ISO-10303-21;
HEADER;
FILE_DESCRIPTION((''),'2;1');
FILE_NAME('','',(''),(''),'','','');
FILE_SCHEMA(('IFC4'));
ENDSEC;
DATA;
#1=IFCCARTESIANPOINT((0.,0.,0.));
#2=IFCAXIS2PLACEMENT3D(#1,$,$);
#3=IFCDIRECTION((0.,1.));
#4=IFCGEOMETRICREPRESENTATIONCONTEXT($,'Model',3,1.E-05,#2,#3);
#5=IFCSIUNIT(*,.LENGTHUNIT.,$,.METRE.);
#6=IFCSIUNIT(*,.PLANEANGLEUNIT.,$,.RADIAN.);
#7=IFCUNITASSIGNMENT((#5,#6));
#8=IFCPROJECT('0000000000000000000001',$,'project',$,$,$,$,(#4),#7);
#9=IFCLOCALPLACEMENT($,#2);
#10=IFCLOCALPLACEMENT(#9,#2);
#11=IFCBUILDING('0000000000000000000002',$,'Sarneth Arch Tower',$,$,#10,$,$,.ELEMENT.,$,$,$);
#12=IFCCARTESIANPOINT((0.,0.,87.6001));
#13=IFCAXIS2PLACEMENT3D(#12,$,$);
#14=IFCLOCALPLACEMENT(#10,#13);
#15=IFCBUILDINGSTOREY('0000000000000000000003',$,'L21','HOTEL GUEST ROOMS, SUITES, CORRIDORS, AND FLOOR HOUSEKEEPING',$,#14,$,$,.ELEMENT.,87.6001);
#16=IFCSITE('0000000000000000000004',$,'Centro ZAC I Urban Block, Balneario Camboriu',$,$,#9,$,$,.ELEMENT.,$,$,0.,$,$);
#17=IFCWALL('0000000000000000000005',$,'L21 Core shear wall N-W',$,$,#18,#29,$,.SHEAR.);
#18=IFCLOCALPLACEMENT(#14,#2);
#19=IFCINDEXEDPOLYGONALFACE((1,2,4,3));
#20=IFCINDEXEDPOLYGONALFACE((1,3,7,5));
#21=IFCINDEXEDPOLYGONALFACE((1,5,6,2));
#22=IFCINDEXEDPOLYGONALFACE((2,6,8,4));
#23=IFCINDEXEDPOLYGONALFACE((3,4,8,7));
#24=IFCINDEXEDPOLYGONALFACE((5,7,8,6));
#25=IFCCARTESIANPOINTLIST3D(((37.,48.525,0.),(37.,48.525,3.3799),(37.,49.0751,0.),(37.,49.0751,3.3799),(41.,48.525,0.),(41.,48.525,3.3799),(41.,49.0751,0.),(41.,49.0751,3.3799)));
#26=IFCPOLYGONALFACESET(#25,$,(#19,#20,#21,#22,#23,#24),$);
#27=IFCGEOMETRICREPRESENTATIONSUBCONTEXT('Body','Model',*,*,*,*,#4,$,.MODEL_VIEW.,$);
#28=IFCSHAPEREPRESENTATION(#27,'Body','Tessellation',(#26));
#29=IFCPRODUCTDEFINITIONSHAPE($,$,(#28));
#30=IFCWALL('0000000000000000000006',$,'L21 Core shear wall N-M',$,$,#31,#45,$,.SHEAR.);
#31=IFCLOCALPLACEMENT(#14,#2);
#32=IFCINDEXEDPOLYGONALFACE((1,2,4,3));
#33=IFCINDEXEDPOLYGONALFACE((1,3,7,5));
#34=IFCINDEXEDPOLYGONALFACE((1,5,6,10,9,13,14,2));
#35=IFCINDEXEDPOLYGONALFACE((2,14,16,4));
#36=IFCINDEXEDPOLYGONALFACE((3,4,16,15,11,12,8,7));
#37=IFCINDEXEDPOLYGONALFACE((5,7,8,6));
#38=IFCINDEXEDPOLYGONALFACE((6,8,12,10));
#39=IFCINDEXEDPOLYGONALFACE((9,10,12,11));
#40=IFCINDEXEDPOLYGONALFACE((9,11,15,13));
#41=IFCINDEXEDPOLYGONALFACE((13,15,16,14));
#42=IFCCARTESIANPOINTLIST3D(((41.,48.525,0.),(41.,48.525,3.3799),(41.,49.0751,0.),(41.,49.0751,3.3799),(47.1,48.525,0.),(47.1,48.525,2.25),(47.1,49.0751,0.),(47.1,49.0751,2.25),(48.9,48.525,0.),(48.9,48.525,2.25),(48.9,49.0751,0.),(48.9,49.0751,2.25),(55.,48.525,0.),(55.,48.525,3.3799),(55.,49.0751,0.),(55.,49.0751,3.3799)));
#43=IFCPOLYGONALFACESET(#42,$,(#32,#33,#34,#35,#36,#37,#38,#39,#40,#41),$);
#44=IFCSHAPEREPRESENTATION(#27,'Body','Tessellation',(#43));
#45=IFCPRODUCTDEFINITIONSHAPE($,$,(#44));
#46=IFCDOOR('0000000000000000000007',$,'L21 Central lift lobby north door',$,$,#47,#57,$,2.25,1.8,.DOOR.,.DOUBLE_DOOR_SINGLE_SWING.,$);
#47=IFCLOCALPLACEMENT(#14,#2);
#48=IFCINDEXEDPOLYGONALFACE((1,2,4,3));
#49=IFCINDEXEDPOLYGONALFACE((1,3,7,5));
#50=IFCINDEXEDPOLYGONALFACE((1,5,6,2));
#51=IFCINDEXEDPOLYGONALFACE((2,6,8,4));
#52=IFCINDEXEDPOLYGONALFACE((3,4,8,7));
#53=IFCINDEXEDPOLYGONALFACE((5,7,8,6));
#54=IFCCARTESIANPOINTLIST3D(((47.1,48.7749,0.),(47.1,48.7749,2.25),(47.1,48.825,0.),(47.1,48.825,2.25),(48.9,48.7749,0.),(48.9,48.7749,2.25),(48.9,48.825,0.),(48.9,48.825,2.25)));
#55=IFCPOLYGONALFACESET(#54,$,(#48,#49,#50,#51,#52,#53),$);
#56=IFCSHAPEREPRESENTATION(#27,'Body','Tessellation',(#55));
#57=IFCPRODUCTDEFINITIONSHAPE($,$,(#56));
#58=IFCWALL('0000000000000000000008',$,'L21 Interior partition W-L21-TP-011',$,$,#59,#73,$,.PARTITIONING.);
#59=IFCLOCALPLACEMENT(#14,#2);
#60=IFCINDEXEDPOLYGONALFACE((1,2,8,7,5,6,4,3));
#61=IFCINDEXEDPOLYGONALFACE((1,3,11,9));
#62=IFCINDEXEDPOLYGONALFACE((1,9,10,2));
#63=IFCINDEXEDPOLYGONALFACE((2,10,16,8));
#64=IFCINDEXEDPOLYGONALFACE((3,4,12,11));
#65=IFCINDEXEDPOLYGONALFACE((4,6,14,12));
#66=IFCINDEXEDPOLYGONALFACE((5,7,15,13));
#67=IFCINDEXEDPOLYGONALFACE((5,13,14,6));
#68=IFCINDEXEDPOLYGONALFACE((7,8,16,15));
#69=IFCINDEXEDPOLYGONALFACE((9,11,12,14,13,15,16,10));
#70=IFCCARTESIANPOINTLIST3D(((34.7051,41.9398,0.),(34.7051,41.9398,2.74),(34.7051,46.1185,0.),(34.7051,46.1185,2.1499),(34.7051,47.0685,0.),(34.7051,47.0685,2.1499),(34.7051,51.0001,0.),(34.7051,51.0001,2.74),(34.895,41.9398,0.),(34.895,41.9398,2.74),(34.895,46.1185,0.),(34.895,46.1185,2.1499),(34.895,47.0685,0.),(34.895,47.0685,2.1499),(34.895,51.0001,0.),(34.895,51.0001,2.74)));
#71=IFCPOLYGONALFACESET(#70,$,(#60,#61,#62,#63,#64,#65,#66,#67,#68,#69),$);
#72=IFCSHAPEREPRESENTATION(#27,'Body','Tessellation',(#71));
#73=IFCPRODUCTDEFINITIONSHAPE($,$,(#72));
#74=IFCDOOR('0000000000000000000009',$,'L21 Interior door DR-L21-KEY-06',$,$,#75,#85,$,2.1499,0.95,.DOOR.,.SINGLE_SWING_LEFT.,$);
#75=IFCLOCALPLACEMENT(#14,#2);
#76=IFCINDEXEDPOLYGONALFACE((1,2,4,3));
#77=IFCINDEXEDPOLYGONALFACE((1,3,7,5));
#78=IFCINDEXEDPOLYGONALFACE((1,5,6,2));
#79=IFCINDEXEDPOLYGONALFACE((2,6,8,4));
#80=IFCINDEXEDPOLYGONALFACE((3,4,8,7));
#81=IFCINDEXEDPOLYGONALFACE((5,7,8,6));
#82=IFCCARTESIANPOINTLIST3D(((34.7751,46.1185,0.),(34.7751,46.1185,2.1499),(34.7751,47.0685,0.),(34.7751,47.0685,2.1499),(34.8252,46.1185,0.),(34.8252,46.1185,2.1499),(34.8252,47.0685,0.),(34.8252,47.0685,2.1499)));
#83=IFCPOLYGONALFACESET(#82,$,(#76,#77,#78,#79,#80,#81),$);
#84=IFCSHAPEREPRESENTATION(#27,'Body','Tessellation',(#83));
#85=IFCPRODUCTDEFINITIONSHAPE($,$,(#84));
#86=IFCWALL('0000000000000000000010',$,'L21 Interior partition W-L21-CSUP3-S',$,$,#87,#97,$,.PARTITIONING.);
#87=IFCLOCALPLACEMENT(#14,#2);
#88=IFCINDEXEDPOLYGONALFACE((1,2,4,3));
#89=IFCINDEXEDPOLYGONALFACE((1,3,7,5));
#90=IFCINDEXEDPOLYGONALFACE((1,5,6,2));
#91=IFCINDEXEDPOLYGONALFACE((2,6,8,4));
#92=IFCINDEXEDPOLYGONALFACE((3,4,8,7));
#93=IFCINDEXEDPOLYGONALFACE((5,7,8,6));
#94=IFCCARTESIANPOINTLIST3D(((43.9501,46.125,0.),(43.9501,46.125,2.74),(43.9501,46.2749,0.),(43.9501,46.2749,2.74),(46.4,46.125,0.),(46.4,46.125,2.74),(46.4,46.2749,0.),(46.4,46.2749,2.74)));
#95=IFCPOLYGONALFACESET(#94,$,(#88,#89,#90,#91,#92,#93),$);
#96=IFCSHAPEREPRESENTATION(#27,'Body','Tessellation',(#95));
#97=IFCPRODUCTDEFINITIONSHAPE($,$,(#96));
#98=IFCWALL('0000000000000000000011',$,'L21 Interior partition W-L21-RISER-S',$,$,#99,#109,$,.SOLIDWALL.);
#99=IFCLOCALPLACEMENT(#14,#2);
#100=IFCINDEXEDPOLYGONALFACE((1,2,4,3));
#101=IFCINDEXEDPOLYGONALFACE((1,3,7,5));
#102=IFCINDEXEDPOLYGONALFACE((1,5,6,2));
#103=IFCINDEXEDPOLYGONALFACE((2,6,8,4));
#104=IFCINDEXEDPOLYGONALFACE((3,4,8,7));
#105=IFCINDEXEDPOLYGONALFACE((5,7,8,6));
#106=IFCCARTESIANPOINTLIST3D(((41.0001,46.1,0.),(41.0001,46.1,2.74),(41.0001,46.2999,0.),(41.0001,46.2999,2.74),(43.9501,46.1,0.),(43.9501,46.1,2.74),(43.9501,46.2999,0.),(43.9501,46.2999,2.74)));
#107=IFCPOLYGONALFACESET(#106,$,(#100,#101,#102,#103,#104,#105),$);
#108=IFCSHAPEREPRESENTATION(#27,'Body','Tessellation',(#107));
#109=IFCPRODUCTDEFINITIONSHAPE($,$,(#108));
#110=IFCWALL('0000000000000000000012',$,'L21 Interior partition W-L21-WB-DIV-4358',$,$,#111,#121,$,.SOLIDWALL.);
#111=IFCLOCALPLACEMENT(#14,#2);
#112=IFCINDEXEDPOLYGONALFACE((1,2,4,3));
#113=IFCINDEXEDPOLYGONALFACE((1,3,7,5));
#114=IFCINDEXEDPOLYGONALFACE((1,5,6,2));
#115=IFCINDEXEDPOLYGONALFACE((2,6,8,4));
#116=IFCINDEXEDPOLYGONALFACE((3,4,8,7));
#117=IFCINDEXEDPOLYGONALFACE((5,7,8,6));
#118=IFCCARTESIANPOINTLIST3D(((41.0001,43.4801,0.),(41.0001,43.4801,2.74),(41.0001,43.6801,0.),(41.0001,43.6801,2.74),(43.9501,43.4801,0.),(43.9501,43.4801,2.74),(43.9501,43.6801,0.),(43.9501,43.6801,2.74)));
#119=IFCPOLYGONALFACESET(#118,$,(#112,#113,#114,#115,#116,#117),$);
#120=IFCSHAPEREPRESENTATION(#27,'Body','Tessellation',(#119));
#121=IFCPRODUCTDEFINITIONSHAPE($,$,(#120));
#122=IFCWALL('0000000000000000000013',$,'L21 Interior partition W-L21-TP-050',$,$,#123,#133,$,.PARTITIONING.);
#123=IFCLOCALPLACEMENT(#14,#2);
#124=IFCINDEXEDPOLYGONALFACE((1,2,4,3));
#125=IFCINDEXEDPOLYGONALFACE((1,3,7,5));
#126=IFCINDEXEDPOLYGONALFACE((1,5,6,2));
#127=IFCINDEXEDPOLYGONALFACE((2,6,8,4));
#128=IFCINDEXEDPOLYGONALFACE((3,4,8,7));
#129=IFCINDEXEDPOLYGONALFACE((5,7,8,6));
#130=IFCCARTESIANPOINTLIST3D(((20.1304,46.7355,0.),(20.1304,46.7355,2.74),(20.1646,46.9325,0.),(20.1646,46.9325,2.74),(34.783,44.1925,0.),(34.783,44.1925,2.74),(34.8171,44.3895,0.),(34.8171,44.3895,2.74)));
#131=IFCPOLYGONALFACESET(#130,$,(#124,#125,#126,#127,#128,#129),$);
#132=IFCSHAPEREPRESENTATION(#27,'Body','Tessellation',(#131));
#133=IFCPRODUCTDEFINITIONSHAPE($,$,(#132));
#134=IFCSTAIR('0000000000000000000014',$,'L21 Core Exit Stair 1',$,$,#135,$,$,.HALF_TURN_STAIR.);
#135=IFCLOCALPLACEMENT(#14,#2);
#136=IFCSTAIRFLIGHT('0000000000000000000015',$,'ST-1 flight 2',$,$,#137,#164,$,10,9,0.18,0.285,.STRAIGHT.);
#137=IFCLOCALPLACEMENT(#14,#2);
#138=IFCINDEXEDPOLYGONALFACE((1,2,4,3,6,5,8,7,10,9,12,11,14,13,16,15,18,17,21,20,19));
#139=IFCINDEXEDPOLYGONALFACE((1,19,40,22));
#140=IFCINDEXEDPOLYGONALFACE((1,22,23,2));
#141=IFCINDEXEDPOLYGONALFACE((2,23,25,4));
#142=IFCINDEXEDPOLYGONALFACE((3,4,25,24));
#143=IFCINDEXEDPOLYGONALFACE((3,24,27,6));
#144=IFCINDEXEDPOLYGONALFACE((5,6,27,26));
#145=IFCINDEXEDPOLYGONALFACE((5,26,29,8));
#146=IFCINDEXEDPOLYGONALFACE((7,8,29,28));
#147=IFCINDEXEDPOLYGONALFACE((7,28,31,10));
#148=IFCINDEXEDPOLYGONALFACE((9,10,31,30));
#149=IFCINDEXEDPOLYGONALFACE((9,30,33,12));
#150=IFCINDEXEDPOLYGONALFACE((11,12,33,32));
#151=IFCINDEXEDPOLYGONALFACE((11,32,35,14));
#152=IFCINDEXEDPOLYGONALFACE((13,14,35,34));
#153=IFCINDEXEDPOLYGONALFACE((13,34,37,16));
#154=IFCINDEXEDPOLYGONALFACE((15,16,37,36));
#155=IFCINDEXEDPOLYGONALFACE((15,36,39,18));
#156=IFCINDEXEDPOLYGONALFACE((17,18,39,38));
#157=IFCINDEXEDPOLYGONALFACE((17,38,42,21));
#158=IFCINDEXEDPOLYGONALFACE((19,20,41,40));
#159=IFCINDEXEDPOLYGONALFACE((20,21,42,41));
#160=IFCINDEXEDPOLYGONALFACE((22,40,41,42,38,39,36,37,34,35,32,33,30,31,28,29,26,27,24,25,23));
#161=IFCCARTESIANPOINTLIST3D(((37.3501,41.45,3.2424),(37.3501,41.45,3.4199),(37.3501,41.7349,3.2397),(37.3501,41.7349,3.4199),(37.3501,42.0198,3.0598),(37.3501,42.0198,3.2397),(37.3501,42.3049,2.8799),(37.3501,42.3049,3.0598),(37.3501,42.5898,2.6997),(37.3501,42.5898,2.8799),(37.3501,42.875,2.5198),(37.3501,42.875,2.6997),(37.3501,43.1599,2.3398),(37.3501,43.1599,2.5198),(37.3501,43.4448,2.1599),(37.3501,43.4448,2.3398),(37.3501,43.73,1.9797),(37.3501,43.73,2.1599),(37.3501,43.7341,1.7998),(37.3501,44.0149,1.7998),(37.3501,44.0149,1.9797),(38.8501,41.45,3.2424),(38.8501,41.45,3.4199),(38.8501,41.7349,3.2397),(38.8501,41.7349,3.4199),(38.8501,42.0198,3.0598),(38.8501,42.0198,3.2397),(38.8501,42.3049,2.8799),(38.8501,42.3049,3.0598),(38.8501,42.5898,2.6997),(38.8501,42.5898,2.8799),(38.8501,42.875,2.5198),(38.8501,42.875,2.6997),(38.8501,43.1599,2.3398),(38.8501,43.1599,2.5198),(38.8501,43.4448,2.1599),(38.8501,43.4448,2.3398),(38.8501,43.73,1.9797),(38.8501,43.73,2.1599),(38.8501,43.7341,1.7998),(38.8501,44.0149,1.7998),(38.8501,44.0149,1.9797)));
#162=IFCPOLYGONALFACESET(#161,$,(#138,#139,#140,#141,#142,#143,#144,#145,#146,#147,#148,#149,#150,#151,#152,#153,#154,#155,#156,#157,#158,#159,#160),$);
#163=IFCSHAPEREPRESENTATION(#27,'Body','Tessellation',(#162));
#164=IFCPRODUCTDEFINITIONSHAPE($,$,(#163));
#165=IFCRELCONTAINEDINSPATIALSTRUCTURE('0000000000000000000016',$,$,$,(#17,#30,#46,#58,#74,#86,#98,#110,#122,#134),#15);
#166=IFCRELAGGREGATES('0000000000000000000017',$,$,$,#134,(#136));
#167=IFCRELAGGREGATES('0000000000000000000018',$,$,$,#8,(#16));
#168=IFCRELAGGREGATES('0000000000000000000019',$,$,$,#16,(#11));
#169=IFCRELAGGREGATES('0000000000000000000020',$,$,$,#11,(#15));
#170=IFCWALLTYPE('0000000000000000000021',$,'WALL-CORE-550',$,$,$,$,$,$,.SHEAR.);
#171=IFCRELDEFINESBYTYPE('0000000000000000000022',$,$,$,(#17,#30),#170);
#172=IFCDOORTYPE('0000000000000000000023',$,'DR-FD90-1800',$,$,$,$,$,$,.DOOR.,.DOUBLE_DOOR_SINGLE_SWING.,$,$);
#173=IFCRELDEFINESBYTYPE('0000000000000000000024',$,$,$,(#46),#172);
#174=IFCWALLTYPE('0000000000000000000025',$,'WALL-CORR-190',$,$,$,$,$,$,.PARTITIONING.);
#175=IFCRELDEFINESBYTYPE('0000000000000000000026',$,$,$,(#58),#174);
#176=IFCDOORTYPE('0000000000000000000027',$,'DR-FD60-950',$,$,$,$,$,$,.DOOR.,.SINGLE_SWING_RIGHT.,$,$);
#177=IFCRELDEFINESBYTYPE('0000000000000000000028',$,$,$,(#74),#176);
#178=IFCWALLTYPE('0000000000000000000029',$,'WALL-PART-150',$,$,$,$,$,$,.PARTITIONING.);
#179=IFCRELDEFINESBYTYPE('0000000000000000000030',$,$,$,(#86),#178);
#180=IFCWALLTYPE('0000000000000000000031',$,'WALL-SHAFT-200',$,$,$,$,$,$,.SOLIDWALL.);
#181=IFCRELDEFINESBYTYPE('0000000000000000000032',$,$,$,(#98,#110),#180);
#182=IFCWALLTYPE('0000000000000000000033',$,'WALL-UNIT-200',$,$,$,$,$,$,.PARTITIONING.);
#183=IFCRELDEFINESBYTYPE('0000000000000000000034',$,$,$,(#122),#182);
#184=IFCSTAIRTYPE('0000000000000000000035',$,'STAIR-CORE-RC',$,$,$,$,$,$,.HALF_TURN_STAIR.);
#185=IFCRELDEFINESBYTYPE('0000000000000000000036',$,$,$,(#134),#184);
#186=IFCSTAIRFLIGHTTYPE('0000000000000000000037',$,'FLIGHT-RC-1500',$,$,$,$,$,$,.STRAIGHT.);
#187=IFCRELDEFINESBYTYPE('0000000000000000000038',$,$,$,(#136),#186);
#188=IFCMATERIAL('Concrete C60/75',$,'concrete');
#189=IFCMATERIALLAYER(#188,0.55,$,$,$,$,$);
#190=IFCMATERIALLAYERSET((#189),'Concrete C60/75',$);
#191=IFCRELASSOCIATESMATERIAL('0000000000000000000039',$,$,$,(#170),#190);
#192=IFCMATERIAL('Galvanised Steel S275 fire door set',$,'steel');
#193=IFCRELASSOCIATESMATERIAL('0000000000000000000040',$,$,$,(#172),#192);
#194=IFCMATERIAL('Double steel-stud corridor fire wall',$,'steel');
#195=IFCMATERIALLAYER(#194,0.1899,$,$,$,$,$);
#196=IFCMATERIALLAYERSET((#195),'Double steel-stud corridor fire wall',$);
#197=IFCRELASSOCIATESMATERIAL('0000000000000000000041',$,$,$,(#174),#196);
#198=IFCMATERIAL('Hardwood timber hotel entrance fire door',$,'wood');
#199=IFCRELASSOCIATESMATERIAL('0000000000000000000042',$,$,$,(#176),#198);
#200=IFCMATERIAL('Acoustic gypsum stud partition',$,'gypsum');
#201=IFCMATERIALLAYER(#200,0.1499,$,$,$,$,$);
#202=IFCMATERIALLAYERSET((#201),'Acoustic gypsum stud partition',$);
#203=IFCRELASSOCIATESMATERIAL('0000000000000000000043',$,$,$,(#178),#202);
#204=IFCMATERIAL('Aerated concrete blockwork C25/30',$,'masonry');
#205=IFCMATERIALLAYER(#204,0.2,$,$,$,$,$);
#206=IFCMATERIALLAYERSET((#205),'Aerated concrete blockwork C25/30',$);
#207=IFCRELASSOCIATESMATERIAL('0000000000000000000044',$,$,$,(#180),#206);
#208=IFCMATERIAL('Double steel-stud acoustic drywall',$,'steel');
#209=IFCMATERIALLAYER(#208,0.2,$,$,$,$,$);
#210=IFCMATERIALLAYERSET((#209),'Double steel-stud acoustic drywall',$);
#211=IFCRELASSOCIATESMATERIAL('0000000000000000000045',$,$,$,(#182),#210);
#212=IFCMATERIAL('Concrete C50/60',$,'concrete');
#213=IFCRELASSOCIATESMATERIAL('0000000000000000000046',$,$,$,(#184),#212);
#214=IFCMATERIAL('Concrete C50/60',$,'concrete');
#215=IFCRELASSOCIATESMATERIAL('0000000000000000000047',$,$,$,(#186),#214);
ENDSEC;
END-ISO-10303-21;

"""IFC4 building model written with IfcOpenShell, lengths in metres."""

from ifc_helpers import new_model, si_unit, direction, frame, frame_2d, origin, place, context, subcontext, project, spatial, polyline, rectangle, outline, extrude, material, layer, layer_set, type_object, element, fill, aggregate, save


model = new_model("IFC4")

# Units and contexts
model_context = context("Model", 3, precision=1e-05, world=origin(), true_north=direction((0.0, 1.0)))
body_context = subcontext(model_context, "Body", "Model", "MODEL_VIEW")
ifc_project = project(units=[si_unit("LENGTHUNIT", "METRE"), si_unit("PLANEANGLEUNIT", "RADIAN")], contexts=[model_context])

# Site, building, storey
site_placement = place(None, origin())
site = spatial("IfcSite", under=ifc_project, at=site_placement, Name="Centro ZAC I Urban Block, Balneario Camboriu", CompositionType="ELEMENT", RefElevation=0.0)
building_placement = place(site_placement, origin())
building = spatial("IfcBuilding", under=site, at=building_placement, Name="Sarneth Arch Tower", CompositionType="ELEMENT")
storey_placement = place(building_placement, frame((0.0, 0.0, 87.6001)))
storey = spatial("IfcBuildingStorey", under=building, at=storey_placement, Name="L21", Description="HOTEL GUEST ROOMS, SUITES, CORRIDORS, AND FLOOR HOUSEKEEPING", CompositionType="ELEMENT", Elevation=87.6001)

# Wall
ifc_material_1 = material(Name="Concrete C60/75", Category="concrete")
ifc_layer_1 = layer(ifc_material_1, 0.55)
ifc_layer_set_1 = layer_set([ifc_layer_1], Name="Concrete C60/75")
wall_type_1 = type_object("IfcWallType", Name="WALL-CORE-550", PredefinedType="SHEAR", material=ifc_layer_set_1)
wall_1_placement = place(storey_placement, frame((37.0, 48.8, 0.0), z_axis=(0.0, 0.0, 1.0), x_axis=(1.0, 0.0, 0.0)))
element("IfcWall", 1, at=wall_1_placement, inside=storey, type_object=wall_type_1, Name="L21 Core shear wall N-W", PredefinedType="SHEAR", context=body_context, shape_type="SweptSolid", body=[
    extrude(rectangle(XDim=4.0, YDim=0.55, at=frame_2d((2.0, 0.0))), origin(), (0.0, 0.0, 1.0), 3.3799),
])

# Walls, openings, doors
wall_2_placement = place(storey_placement, frame((41.0, 48.8, 0.0), z_axis=(0.0, 0.0, 1.0), x_axis=(1.0, 0.0, 0.0)))
wall_2 = element("IfcWall", 2, at=wall_2_placement, inside=storey, type_object=wall_type_1, Name="L21 Core shear wall N-M", PredefinedType="SHEAR", context=body_context, shape_type="SweptSolid", body=[
    extrude(rectangle(XDim=14.0, YDim=0.55, at=frame_2d((7.0, 0.0))), origin(), (0.0, 0.0, 1.0), 3.3799),
])
opening_1_placement = place(wall_2_placement, frame((6.1001, 0.0, 0.0)))
opening_1 = element("IfcOpeningElement", 3, at=opening_1_placement, cuts=wall_2, PredefinedType="OPENING", context=body_context, shape_type="SweptSolid", body=[
    extrude(rectangle(XDim=1.8, YDim=2.25, at=frame_2d((0.8999, 1.125))), frame((0.0, 0.2849, 0.0), z_axis=(0.0, -1.0, 0.0), x_axis=(1.0, 0.0, 0.0)), (0.0, 0.0, 1.0), 0.5701),
])
ifc_material_2 = material(Name="Galvanised Steel S275 fire door set", Category="steel")
door_type_1 = type_object("IfcDoorType", Name="DR-FD90-1800", OperationType="DOUBLE_DOOR_SINGLE_SWING", PredefinedType="DOOR", material=ifc_material_2)
door_1_placement = place(opening_1_placement, origin())
door_1 = element("IfcDoor", 4, at=door_1_placement, inside=storey, type_object=door_type_1, Name="L21 Central lift lobby north door", OperationType="DOUBLE_DOOR_SINGLE_SWING", OverallHeight=2.25, OverallWidth=1.8, PredefinedType="DOOR", context=body_context, shape_type="SweptSolid", body=[
    extrude(rectangle(XDim=1.8, YDim=2.25, at=frame_2d((0.8999, 1.125))), frame((0.0, 0.0249, 0.0), z_axis=(0.0, -1.0, 0.0), x_axis=(1.0, 0.0, 0.0)), (0.0, 0.0, 1.0), 0.05),
])
fill(opening_1, door_1)
ifc_material_3 = material(Name="Double steel-stud corridor fire wall", Category="steel")
ifc_layer_2 = layer(ifc_material_3, 0.1899)
ifc_layer_set_2 = layer_set([ifc_layer_2], Name="Double steel-stud corridor fire wall")
wall_type_2 = type_object("IfcWallType", Name="WALL-CORR-190", PredefinedType="PARTITIONING", material=ifc_layer_set_2)
wall_3_placement = place(storey_placement, frame((34.8, 41.9397, 0.0), z_axis=(0.0, 0.0, 1.0), x_axis=(0.0, 1.0, 0.0)))
wall_3 = element("IfcWall", 5, at=wall_3_placement, inside=storey, type_object=wall_type_2, Name="L21 Interior partition W-L21-TP-011", PredefinedType="PARTITIONING", context=body_context, shape_type="SweptSolid", body=[
    extrude(rectangle(XDim=9.0603, YDim=0.1899, at=frame_2d((4.5303, 0.0))), origin(), (0.0, 0.0, 1.0), 2.74),
])
opening_2_placement = place(wall_3_placement, frame((4.1787, 0.0, 0.0)))
opening_2 = element("IfcOpeningElement", 6, at=opening_2_placement, cuts=wall_3, PredefinedType="OPENING", context=body_context, shape_type="SweptSolid", body=[
    extrude(rectangle(XDim=0.95, YDim=2.1499, at=frame_2d((0.4751, 1.075))), frame((0.0, 0.105, 0.0), z_axis=(0.0, -1.0, 0.0), x_axis=(1.0, 0.0, 0.0)), (0.0, 0.0, 1.0), 0.21),
])
ifc_material_4 = material(Name="Hardwood timber hotel entrance fire door", Category="wood")
door_type_2 = type_object("IfcDoorType", Name="DR-FD60-950", OperationType="SINGLE_SWING_RIGHT", PredefinedType="DOOR", material=ifc_material_4)
door_2_placement = place(opening_2_placement, origin())
door_2 = element("IfcDoor", 7, at=door_2_placement, inside=storey, type_object=door_type_2, Name="L21 Interior door DR-L21-KEY-06", OperationType="SINGLE_SWING_LEFT", OverallHeight=2.1499, OverallWidth=0.95, PredefinedType="DOOR", context=body_context, shape_type="SweptSolid", body=[
    extrude(rectangle(XDim=0.95, YDim=2.1499, at=frame_2d((0.4751, 1.075))), frame((0.0, 0.0249, 0.0), z_axis=(0.0, -1.0, 0.0), x_axis=(1.0, 0.0, 0.0)), (0.0, 0.0, 1.0), 0.05),
])
fill(opening_2, door_2)

# Wall
ifc_material_5 = material(Name="Acoustic gypsum stud partition", Category="gypsum")
ifc_layer_3 = layer(ifc_material_5, 0.1499)
ifc_layer_set_3 = layer_set([ifc_layer_3], Name="Acoustic gypsum stud partition")
wall_type_3 = type_object("IfcWallType", Name="WALL-PART-150", PredefinedType="PARTITIONING", material=ifc_layer_set_3)
wall_4_placement = place(storey_placement, frame((43.95, 46.2, 0.0), z_axis=(0.0, 0.0, 1.0), x_axis=(1.0, 0.0, 0.0)))
element("IfcWall", 8, at=wall_4_placement, inside=storey, type_object=wall_type_3, Name="L21 Interior partition W-L21-CSUP3-S", PredefinedType="PARTITIONING", context=body_context, shape_type="SweptSolid", body=[
    extrude(rectangle(XDim=2.45, YDim=0.1499, at=frame_2d((1.2251, 0.0))), origin(), (0.0, 0.0, 1.0), 2.74),
])

# Wall
ifc_material_6 = material(Name="Aerated concrete blockwork C25/30", Category="masonry")
ifc_layer_4 = layer(ifc_material_6, 0.2)
ifc_layer_set_4 = layer_set([ifc_layer_4], Name="Aerated concrete blockwork C25/30")
wall_type_4 = type_object("IfcWallType", Name="WALL-SHAFT-200", PredefinedType="SOLIDWALL", material=ifc_layer_set_4)
wall_5_placement = place(storey_placement, frame((41.0, 46.2, 0.0), z_axis=(0.0, 0.0, 1.0), x_axis=(1.0, 0.0, 0.0)))
element("IfcWall", 9, at=wall_5_placement, inside=storey, type_object=wall_type_4, Name="L21 Interior partition W-L21-RISER-S", PredefinedType="SOLIDWALL", context=body_context, shape_type="SweptSolid", body=[
    extrude(rectangle(XDim=2.95, YDim=0.2, at=frame_2d((1.4751, 0.0))), origin(), (0.0, 0.0, 1.0), 2.74),
])

# Walls
wall_6_placement = place(storey_placement, frame((41.0, 43.5801, 0.0), z_axis=(0.0, 0.0, 1.0), x_axis=(1.0, 0.0, 0.0)))
element("IfcWall", 10, at=wall_6_placement, inside=storey, type_object=wall_type_4, Name="L21 Interior partition W-L21-WB-DIV-4358", PredefinedType="SOLIDWALL", context=body_context, shape_type="SweptSolid", body=[
    extrude(rectangle(XDim=2.95, YDim=0.2, at=frame_2d((1.4751, 0.0))), origin(), (0.0, 0.0, 1.0), 2.74),
])
ifc_material_7 = material(Name="Double steel-stud acoustic drywall", Category="steel")
ifc_layer_5 = layer(ifc_material_7, 0.2)
ifc_layer_set_5 = layer_set([ifc_layer_5], Name="Double steel-stud acoustic drywall")
wall_type_5 = type_object("IfcWallType", Name="WALL-UNIT-200", PredefinedType="PARTITIONING", material=ifc_layer_set_5)
wall_7_placement = place(storey_placement, frame((34.8, 44.291, 0.0), z_axis=(0.0, 0.0, 1.0), x_axis=(-0.985272, 0.170995, 0.0)))
element("IfcWall", 11, at=wall_7_placement, inside=storey, type_object=wall_type_5, Name="L21 Interior partition W-L21-TP-050", PredefinedType="PARTITIONING", context=body_context, shape_type="SweptSolid", body=[
    extrude(rectangle(XDim=14.8716, YDim=0.2, at=frame_2d((7.4358, 0.0))), origin(), (0.0, 0.0, 1.0), 2.74),
])

# Stair, stair flight
ifc_material_8 = material(Name="Concrete C50/60", Category="concrete")
stair_type = type_object("IfcStairType", Name="STAIR-CORE-RC", PredefinedType="HALF_TURN_STAIR", material=ifc_material_8)
stair_placement = place(storey_placement, origin())
stair = element("IfcStair", 12, at=stair_placement, inside=storey, type_object=stair_type, Name="L21 Core Exit Stair 1", PredefinedType="HALF_TURN_STAIR")
ifc_material_9 = material(Name="Concrete C50/60", Category="concrete")
stair_flight_type = type_object("IfcStairFlightType", Name="FLIGHT-RC-1500", PredefinedType="STRAIGHT", material=ifc_material_9)
stair_flight_placement = place(storey_placement, frame((38.1001, 44.0149, 1.7998), z_axis=(0.0, 0.0, 1.0), x_axis=(0.0, -1.0, 0.0)))
stair_flight = element("IfcStairFlight", 13, at=stair_flight_placement, type_object=stair_flight_type, Name="ST-1 flight 2", NumberOfRisers=10, NumberOfTreads=9, PredefinedType="STRAIGHT", RiserHeight=0.18, TreadLength=0.285, context=body_context, shape_type="SweptSolid", body=[
    extrude(outline(polyline([(0.0, 0.0), (0.0, 0.1799), (0.2849, 0.1799), (0.2849, 0.3601), (0.5701, 0.3601), (0.5701, 0.54), (0.855, 0.54), (0.855, 0.72), (1.1399, 0.72), (1.1399, 0.8999), (1.425, 0.8999), (1.425, 1.0801), (1.71, 1.0801), (1.71, 1.26), (1.9951, 1.26), (1.9951, 1.4399), (2.28, 1.4399), (2.28, 1.6201), (2.5649, 1.6201), (2.5649, 1.8), (2.5649, 1.4426), (0.2808, 0.0), (0.0, 0.0)])), frame((0.0, 0.75, 0.0), z_axis=(0.0, -1.0, 0.0), x_axis=(1.0, 0.0, 0.0)), (0.0, 0.0, 1.0), 1.5),
])
aggregate(stair, [stair_flight])

save(model, "model.ifc")
